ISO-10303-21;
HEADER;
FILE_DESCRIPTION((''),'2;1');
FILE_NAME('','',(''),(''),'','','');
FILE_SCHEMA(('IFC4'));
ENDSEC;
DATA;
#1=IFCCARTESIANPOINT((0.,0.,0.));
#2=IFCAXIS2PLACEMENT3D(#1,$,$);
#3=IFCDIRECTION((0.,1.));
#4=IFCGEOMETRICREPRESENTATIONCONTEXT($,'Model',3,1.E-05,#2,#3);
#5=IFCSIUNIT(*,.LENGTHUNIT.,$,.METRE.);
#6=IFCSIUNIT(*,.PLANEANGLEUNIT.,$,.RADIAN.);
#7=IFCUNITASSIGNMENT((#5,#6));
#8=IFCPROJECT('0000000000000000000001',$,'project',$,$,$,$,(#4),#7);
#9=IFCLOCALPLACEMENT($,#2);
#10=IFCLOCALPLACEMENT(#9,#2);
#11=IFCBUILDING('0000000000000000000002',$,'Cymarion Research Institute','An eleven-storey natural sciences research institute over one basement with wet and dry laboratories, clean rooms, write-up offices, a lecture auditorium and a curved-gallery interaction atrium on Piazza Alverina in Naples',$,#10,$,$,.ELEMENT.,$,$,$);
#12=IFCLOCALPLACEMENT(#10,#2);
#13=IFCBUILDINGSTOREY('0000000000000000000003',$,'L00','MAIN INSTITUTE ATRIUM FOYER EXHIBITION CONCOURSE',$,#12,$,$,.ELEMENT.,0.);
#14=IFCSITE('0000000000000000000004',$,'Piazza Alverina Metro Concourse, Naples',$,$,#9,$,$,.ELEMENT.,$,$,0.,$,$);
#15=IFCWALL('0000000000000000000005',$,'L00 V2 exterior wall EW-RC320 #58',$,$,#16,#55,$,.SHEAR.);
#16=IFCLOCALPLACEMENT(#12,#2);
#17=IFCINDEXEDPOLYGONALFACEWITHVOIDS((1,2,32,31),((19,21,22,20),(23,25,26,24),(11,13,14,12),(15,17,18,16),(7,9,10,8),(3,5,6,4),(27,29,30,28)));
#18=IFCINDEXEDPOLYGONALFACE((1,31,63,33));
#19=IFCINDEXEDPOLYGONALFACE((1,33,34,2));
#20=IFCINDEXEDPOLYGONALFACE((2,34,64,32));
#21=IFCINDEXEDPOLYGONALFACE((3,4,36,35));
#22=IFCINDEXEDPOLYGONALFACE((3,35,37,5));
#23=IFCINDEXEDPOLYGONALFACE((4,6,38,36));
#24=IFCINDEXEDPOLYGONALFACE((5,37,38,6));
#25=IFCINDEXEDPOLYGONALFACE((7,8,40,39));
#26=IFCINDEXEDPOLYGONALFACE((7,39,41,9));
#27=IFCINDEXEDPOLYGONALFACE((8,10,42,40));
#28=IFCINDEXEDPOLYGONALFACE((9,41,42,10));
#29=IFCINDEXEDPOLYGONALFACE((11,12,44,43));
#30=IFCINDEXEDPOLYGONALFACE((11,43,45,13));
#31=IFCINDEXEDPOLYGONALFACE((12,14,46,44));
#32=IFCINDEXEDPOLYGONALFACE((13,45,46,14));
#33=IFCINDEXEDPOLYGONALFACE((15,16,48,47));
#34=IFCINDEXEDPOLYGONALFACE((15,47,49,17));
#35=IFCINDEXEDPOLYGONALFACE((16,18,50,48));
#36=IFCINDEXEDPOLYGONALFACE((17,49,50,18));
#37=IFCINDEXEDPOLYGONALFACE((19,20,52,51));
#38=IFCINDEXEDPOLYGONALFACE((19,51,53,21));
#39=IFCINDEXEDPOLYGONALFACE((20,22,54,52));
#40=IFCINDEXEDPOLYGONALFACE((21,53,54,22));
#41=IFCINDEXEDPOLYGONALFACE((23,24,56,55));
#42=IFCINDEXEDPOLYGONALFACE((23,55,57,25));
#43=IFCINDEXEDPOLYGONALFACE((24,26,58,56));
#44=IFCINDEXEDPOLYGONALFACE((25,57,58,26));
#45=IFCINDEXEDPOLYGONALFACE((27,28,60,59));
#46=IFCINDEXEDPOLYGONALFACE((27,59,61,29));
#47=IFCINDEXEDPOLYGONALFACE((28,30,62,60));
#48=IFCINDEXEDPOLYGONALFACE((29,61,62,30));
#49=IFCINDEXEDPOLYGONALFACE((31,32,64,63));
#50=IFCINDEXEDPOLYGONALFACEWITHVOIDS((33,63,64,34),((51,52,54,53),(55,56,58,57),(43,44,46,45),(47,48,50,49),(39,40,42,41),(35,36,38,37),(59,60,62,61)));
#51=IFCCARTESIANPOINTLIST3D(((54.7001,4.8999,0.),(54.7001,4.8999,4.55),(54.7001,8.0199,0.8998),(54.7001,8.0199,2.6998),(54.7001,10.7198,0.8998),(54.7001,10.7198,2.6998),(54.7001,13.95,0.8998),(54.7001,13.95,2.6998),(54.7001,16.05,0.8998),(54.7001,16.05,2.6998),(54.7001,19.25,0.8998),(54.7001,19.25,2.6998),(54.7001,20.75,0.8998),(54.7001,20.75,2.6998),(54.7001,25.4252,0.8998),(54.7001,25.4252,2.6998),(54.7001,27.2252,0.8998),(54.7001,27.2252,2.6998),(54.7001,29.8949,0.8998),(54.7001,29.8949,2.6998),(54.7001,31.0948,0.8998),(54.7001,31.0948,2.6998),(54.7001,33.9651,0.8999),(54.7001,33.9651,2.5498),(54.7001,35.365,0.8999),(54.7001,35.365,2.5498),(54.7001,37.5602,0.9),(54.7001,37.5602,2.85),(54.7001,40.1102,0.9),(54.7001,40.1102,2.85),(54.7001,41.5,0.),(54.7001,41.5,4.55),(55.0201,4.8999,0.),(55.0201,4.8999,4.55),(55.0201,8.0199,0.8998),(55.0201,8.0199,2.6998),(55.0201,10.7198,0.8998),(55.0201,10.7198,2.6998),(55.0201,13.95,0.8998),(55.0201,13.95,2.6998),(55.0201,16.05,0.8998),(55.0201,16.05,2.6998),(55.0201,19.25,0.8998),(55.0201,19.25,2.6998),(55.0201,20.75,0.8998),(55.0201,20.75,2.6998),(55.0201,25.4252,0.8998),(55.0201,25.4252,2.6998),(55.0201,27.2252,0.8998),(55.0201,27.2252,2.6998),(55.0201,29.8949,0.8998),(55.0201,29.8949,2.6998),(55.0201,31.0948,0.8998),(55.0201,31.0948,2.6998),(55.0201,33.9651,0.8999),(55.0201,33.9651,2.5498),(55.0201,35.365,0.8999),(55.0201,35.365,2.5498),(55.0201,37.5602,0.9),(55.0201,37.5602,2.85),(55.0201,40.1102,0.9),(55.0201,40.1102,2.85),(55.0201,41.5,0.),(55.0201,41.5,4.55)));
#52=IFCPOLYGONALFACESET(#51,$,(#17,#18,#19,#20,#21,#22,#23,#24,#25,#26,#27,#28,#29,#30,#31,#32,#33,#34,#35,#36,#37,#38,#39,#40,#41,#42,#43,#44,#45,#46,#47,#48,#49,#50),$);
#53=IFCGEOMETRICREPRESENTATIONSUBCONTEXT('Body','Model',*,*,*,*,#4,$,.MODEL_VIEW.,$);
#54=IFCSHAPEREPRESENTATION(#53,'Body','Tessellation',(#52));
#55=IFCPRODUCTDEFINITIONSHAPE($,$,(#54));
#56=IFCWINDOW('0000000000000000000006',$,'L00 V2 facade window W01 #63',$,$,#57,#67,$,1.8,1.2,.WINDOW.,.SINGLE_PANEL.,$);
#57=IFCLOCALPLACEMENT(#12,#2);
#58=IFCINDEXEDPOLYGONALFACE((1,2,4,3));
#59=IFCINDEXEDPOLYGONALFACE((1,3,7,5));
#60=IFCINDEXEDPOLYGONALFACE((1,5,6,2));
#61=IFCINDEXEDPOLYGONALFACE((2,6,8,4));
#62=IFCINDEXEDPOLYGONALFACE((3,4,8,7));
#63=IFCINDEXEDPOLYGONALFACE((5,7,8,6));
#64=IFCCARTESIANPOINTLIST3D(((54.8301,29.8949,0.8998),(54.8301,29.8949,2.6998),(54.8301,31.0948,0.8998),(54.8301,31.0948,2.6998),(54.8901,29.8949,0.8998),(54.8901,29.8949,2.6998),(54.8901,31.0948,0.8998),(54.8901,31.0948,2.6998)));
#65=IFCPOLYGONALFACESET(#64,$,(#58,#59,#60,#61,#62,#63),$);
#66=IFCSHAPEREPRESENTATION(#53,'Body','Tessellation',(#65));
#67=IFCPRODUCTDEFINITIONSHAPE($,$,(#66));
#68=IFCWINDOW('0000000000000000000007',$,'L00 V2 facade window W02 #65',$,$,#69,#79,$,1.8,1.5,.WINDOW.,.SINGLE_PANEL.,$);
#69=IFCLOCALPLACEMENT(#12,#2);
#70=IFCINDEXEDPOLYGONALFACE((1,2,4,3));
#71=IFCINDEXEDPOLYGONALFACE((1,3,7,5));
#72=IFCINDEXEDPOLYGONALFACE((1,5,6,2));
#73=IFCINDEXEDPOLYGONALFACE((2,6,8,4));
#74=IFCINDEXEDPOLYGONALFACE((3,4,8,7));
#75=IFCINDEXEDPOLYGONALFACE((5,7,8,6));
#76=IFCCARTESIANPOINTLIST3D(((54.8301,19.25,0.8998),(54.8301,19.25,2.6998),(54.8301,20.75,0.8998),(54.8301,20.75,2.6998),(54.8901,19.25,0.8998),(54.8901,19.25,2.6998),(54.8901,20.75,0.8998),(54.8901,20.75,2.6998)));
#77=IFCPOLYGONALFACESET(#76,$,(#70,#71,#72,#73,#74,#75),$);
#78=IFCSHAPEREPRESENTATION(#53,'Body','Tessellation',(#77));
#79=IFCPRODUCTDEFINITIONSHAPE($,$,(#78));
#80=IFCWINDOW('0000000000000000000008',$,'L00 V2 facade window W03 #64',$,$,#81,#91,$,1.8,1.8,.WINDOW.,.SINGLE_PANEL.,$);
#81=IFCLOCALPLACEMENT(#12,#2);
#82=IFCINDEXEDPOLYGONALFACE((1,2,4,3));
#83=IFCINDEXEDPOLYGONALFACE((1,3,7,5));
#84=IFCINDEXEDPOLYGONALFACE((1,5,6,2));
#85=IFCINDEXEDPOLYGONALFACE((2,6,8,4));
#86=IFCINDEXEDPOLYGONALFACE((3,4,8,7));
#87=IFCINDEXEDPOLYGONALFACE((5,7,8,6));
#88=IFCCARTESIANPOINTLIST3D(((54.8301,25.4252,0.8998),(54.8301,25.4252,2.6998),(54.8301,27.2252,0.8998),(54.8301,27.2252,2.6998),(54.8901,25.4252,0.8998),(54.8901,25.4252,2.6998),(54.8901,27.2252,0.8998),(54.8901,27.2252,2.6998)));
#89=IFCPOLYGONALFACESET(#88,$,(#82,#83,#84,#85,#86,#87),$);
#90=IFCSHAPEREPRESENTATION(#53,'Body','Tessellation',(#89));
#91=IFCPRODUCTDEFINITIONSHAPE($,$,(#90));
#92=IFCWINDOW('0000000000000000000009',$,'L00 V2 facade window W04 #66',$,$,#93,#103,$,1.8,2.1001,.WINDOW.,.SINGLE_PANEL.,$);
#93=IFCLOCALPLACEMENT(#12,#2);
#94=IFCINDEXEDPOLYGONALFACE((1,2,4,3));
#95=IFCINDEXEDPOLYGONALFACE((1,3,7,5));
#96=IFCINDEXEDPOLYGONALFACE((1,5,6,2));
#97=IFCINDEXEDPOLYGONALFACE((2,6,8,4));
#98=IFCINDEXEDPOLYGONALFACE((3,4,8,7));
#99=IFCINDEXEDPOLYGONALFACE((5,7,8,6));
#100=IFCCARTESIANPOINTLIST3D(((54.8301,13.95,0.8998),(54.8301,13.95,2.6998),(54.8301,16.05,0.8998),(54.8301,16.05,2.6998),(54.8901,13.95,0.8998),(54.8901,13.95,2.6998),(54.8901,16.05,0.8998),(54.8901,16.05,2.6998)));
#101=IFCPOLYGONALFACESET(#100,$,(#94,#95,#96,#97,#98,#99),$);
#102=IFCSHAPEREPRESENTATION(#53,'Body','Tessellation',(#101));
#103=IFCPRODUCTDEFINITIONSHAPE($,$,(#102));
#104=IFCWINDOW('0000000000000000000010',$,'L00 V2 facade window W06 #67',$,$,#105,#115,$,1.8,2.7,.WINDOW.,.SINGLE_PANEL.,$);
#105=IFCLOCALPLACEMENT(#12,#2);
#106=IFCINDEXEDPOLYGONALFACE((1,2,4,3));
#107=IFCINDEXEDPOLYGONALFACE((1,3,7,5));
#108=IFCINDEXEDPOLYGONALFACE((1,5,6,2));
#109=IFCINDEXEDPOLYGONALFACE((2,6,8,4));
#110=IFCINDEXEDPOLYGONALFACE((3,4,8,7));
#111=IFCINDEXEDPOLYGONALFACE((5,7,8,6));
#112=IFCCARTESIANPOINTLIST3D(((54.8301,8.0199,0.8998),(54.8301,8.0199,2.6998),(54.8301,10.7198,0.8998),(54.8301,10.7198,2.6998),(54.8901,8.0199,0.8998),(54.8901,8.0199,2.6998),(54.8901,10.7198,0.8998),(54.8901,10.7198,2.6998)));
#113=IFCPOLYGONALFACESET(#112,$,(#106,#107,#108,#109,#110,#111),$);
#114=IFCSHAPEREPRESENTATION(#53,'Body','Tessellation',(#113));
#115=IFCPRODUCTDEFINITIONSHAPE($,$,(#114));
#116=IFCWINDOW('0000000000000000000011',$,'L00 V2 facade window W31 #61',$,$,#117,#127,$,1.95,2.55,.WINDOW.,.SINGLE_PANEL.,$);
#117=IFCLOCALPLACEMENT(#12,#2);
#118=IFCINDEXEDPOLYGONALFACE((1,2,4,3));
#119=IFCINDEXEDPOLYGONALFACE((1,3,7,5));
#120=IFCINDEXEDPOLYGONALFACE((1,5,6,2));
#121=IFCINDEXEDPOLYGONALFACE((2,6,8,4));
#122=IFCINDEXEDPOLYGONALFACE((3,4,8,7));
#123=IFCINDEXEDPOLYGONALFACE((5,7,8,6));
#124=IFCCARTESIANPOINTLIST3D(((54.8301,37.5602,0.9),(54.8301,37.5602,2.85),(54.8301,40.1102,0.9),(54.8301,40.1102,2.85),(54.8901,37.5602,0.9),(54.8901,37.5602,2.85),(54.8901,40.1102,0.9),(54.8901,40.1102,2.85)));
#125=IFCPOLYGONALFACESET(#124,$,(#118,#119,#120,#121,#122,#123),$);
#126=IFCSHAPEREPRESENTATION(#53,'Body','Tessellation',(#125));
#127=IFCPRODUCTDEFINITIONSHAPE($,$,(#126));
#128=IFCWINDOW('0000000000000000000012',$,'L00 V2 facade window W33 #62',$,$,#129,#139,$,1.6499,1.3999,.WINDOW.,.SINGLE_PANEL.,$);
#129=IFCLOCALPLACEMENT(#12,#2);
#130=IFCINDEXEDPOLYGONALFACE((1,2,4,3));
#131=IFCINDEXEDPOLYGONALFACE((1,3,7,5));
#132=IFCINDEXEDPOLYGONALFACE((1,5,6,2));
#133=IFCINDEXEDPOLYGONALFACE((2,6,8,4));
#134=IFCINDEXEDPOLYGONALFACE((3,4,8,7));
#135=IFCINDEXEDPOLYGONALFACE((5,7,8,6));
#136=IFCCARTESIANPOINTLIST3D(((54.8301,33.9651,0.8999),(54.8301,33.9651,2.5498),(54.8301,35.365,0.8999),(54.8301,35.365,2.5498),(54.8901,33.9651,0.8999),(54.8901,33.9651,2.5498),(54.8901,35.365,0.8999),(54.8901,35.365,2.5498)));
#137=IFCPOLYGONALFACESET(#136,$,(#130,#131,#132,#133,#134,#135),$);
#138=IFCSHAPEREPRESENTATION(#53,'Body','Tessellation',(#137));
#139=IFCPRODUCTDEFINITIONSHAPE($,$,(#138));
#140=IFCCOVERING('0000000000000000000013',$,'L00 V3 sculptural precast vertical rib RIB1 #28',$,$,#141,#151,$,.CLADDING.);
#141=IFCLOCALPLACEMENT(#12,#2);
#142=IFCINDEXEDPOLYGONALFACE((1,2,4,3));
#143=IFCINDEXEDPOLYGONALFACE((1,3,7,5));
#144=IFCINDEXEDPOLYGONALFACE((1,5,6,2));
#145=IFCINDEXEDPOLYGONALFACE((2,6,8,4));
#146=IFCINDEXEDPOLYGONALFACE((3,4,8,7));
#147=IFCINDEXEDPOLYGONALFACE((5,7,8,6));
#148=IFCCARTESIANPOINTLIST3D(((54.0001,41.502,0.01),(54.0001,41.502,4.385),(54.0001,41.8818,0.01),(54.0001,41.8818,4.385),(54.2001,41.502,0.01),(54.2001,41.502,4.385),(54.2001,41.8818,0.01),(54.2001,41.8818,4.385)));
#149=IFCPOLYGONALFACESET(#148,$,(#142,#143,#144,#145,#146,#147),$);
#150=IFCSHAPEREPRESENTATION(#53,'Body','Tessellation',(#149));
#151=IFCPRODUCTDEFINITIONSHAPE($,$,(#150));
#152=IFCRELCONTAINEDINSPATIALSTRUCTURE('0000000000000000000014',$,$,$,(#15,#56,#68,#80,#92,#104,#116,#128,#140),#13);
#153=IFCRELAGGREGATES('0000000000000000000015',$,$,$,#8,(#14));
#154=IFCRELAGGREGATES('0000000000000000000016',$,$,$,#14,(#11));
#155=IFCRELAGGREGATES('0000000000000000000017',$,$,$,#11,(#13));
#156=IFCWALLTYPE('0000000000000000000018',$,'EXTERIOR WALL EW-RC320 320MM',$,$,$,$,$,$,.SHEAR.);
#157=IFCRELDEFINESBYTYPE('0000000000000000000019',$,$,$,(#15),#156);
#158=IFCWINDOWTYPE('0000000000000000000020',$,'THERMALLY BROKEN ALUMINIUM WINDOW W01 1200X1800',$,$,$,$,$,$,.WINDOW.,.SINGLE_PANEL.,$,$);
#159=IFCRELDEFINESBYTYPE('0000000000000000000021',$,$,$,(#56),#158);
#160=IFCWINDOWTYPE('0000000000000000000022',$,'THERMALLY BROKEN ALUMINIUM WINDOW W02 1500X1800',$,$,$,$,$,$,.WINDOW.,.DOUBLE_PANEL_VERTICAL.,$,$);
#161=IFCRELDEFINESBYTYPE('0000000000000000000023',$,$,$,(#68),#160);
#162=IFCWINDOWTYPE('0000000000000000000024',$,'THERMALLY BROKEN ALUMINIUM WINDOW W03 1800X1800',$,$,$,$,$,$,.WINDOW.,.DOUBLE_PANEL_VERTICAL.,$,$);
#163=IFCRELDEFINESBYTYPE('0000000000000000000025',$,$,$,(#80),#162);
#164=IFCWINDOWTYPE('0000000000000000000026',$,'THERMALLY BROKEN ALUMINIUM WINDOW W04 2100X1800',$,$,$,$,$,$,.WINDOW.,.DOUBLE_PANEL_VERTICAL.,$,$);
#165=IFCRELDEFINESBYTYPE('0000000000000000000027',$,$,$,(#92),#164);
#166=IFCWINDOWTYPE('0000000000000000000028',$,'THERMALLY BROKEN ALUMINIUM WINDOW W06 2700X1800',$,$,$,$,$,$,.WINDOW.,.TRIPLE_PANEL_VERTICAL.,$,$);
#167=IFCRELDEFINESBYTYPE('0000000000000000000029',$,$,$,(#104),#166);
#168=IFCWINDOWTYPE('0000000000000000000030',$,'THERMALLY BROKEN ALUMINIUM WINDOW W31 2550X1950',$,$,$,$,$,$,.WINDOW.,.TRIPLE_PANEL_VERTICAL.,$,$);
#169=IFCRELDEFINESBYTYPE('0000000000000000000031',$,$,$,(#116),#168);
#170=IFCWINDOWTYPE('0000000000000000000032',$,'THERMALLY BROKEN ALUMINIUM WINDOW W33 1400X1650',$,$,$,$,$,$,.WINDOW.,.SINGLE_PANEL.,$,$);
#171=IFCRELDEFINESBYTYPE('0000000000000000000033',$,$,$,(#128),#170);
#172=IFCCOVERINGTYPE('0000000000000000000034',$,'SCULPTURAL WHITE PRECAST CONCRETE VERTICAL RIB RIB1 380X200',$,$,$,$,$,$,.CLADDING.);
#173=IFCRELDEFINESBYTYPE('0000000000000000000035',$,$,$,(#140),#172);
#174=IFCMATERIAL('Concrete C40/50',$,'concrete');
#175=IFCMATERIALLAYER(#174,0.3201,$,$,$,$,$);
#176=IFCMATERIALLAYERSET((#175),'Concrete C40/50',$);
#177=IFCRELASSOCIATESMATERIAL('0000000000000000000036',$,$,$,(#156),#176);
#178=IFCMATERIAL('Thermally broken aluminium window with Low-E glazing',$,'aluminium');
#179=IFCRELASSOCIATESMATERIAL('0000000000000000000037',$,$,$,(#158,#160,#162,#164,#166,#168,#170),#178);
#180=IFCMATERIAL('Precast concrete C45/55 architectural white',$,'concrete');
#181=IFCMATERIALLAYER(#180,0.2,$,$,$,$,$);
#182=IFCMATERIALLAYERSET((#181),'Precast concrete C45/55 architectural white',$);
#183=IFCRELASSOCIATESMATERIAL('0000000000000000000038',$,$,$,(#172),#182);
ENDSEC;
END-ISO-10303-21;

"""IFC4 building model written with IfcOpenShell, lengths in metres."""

from ifc_helpers import new_model, si_unit, direction, frame, frame_2d, origin, origin_2d, place, context, subcontext, project, spatial, rectangle, extrude, material, layer, layer_set, type_object, element, fill, save


model = new_model("IFC4")

# Units and contexts
model_context = context("Model", 3, precision=1e-05, world=origin(), true_north=direction((0.0, 1.0)))
body_context = subcontext(model_context, "Body", "Model", "MODEL_VIEW")
ifc_project = project(units=[si_unit("LENGTHUNIT", "METRE"), si_unit("PLANEANGLEUNIT", "RADIAN")], contexts=[model_context])

# Site, building, storey
site_placement = place(None, origin())
site = spatial("IfcSite", under=ifc_project, at=site_placement, Name="Piazza Alverina Metro Concourse, Naples", CompositionType="ELEMENT", RefElevation=0.0)
building_placement = place(site_placement, origin())
building = spatial("IfcBuilding", under=site, at=building_placement, Name="Cymarion Research Institute", Description="An eleven-storey natural sciences research institute over one basement with wet and dry laboratories, clean rooms, write-up offices, a lecture auditorium and a curved-gallery interaction atrium on Piazza Alverina in Naples", CompositionType="ELEMENT")
storey_placement = place(building_placement, origin())
storey = spatial("IfcBuildingStorey", under=building, at=storey_placement, Name="L00", Description="MAIN INSTITUTE ATRIUM FOYER EXHIBITION CONCOURSE", CompositionType="ELEMENT", Elevation=0.0)

# Shared definitions
ifc_material_1 = material(Name="Thermally broken aluminium window with Low-E glazing", Category="aluminium")

# Wall, openings, windows
ifc_material_2 = material(Name="Concrete C40/50", Category="concrete")
ifc_layer_1 = layer(ifc_material_2, 0.3201)
ifc_layer_set_1 = layer_set([ifc_layer_1], Name="Concrete C40/50")
wall_type_1 = type_object("IfcWallType", Name="EXTERIOR WALL EW-RC320 320MM", PredefinedType="SHEAR", material=ifc_layer_set_1)
wall_1_placement = place(storey_placement, frame((54.8601, 41.5, 0.0), z_axis=(0.0, 0.0, 1.0), x_axis=(0.0, -1.0, 0.0)))
wall_1 = element("IfcWall", 1, at=wall_1_placement, inside=storey, type_object=wall_type_1, Name="L00 V2 exterior wall EW-RC320 #58", PredefinedType="SHEAR", context=body_context, shape_type="SweptSolid", body=[
    extrude(rectangle(XDim=36.6001, YDim=0.3201, at=frame_2d((18.3, 0.0))), origin(), (0.0, 0.0, 1.0), 4.55),
])
opening_1_placement = place(wall_1_placement, frame((1.3899, 0.0, 0.8999)))
opening_1 = element("IfcOpeningElement", 2, at=opening_1_placement, cuts=wall_1, PredefinedType="OPENING", context=body_context, shape_type="SweptSolid", body=[
    extrude(rectangle(XDim=2.55, YDim=1.95, at=frame_2d((1.2749, 0.9751))), frame((0.0, 0.1699, 0.0), z_axis=(0.0, -1.0, 0.0), x_axis=(1.0, 0.0, 0.0)), (0.0, 0.0, 1.0), 0.3401),
])
opening_2_placement = place(wall_1_placement, frame((6.135, 0.0, 0.8999)))
opening_2 = element("IfcOpeningElement", 3, at=opening_2_placement, cuts=wall_1, PredefinedType="OPENING", context=body_context, shape_type="SweptSolid", body=[
    extrude(rectangle(XDim=1.3999, YDim=1.6499, at=frame_2d((0.7, 0.825))), frame((0.0, 0.1699, 0.0), z_axis=(0.0, -1.0, 0.0), x_axis=(1.0, 0.0, 0.0)), (0.0, 0.0, 1.0), 0.3401),
])
opening_3_placement = place(wall_1_placement, frame((10.405, 0.0, 0.8999)))
opening_3 = element("IfcOpeningElement", 4, at=opening_3_placement, cuts=wall_1, PredefinedType="OPENING", context=body_context, shape_type="SweptSolid", body=[
    extrude(rectangle(XDim=1.2, YDim=1.8, at=frame_2d((0.6001, 0.8999))), frame((0.0, 0.1699, 0.0), z_axis=(0.0, -1.0, 0.0), x_axis=(1.0, 0.0, 0.0)), (0.0, 0.0, 1.0), 0.3401),
])
opening_4_placement = place(wall_1_placement, frame((14.2749, 0.0, 0.8999)))
opening_4 = element("IfcOpeningElement", 5, at=opening_4_placement, cuts=wall_1, PredefinedType="OPENING", context=body_context, shape_type="SweptSolid", body=[
    extrude(rectangle(XDim=1.8, YDim=1.8, at=frame_2d((0.8999, 0.8999))), frame((0.0, 0.1699, 0.0), z_axis=(0.0, -1.0, 0.0), x_axis=(1.0, 0.0, 0.0)), (0.0, 0.0, 1.0), 0.3401),
])
opening_5_placement = place(wall_1_placement, frame((20.75, 0.0, 0.8999)))
opening_5 = element("IfcOpeningElement", 6, at=opening_5_placement, cuts=wall_1, PredefinedType="OPENING", context=body_context, shape_type="SweptSolid", body=[
    extrude(rectangle(XDim=1.5, YDim=1.8, at=frame_2d((0.75, 0.8999))), frame((0.0, 0.1699, 0.0), z_axis=(0.0, -1.0, 0.0), x_axis=(1.0, 0.0, 0.0)), (0.0, 0.0, 1.0), 0.3401),
])
opening_6_placement = place(wall_1_placement, frame((25.45, 0.0, 0.8999)))
opening_6 = element("IfcOpeningElement", 7, at=opening_6_placement, cuts=wall_1, PredefinedType="OPENING", context=body_context, shape_type="SweptSolid", body=[
    extrude(rectangle(XDim=2.1001, YDim=1.8, at=frame_2d((1.05, 0.8999))), frame((0.0, 0.1699, 0.0), z_axis=(0.0, -1.0, 0.0), x_axis=(1.0, 0.0, 0.0)), (0.0, 0.0, 1.0), 0.3401),
])
opening_7_placement = place(wall_1_placement, frame((30.78, 0.0, 0.8999)))
opening_7 = element("IfcOpeningElement", 8, at=opening_7_placement, cuts=wall_1, PredefinedType="OPENING", context=body_context, shape_type="SweptSolid", body=[
    extrude(rectangle(XDim=2.7, YDim=1.8, at=frame_2d((1.3501, 0.8999))), frame((0.0, 0.1699, 0.0), z_axis=(0.0, -1.0, 0.0), x_axis=(1.0, 0.0, 0.0)), (0.0, 0.0, 1.0), 0.3401),
])
window_type_1 = type_object("IfcWindowType", Name="THERMALLY BROKEN ALUMINIUM WINDOW W01 1200X1800", PartitioningType="SINGLE_PANEL", PredefinedType="WINDOW", material=ifc_material_1)
window_1_placement = place(opening_3_placement, origin())
window_1 = element("IfcWindow", 9, at=window_1_placement, inside=storey, type_object=window_type_1, Name="L00 V2 facade window W01 #63", OverallHeight=1.8, OverallWidth=1.2, PartitioningType="SINGLE_PANEL", PredefinedType="WINDOW", context=body_context, shape_type="SweptSolid", body=[
    extrude(rectangle(XDim=1.2, YDim=1.8, at=frame_2d((0.6001, 0.8999))), frame((0.0, 0.03, 0.0), z_axis=(0.0, -1.0, 0.0), x_axis=(1.0, 0.0, 0.0)), (0.0, 0.0, 1.0), 0.0601),
])
fill(opening_3, window_1)
window_type_2 = type_object("IfcWindowType", Name="THERMALLY BROKEN ALUMINIUM WINDOW W02 1500X1800", PartitioningType="DOUBLE_PANEL_VERTICAL", PredefinedType="WINDOW", material=ifc_material_1)
window_2_placement = place(opening_5_placement, origin())
window_2 = element("IfcWindow", 10, at=window_2_placement, inside=storey, type_object=window_type_2, Name="L00 V2 facade window W02 #65", OverallHeight=1.8, OverallWidth=1.5, PartitioningType="SINGLE_PANEL", PredefinedType="WINDOW", context=body_context, shape_type="SweptSolid", body=[
    extrude(rectangle(XDim=1.5, YDim=1.8, at=frame_2d((0.75, 0.8999))), frame((0.0, 0.03, 0.0), z_axis=(0.0, -1.0, 0.0), x_axis=(1.0, 0.0, 0.0)), (0.0, 0.0, 1.0), 0.0601),
])
fill(opening_5, window_2)
window_type_3 = type_object("IfcWindowType", Name="THERMALLY BROKEN ALUMINIUM WINDOW W03 1800X1800", PartitioningType="DOUBLE_PANEL_VERTICAL", PredefinedType="WINDOW", material=ifc_material_1)
window_3_placement = place(opening_4_placement, origin())
window_3 = element("IfcWindow", 11, at=window_3_placement, inside=storey, type_object=window_type_3, Name="L00 V2 facade window W03 #64", OverallHeight=1.8, OverallWidth=1.8, PartitioningType="SINGLE_PANEL", PredefinedType="WINDOW", context=body_context, shape_type="SweptSolid", body=[
    extrude(rectangle(XDim=1.8, YDim=1.8, at=frame_2d((0.8999, 0.8999))), frame((0.0, 0.03, 0.0), z_axis=(0.0, -1.0, 0.0), x_axis=(1.0, 0.0, 0.0)), (0.0, 0.0, 1.0), 0.0601),
])
fill(opening_4, window_3)
window_type_4 = type_object("IfcWindowType", Name="THERMALLY BROKEN ALUMINIUM WINDOW W04 2100X1800", PartitioningType="DOUBLE_PANEL_VERTICAL", PredefinedType="WINDOW", material=ifc_material_1)
window_4_placement = place(opening_6_placement, origin())
window_4 = element("IfcWindow", 12, at=window_4_placement, inside=storey, type_object=window_type_4, Name="L00 V2 facade window W04 #66", OverallHeight=1.8, OverallWidth=2.1001, PartitioningType="SINGLE_PANEL", PredefinedType="WINDOW", context=body_context, shape_type="SweptSolid", body=[
    extrude(rectangle(XDim=2.1001, YDim=1.8, at=frame_2d((1.05, 0.8999))), frame((0.0, 0.03, 0.0), z_axis=(0.0, -1.0, 0.0), x_axis=(1.0, 0.0, 0.0)), (0.0, 0.0, 1.0), 0.0601),
])
fill(opening_6, window_4)
window_type_5 = type_object("IfcWindowType", Name="THERMALLY BROKEN ALUMINIUM WINDOW W06 2700X1800", PartitioningType="TRIPLE_PANEL_VERTICAL", PredefinedType="WINDOW", material=ifc_material_1)
window_5_placement = place(opening_7_placement, origin())
window_5 = element("IfcWindow", 13, at=window_5_placement, inside=storey, type_object=window_type_5, Name="L00 V2 facade window W06 #67", OverallHeight=1.8, OverallWidth=2.7, PartitioningType="SINGLE_PANEL", PredefinedType="WINDOW", context=body_context, shape_type="SweptSolid", body=[
    extrude(rectangle(XDim=2.7, YDim=1.8, at=frame_2d((1.3501, 0.8999))), frame((0.0, 0.03, 0.0), z_axis=(0.0, -1.0, 0.0), x_axis=(1.0, 0.0, 0.0)), (0.0, 0.0, 1.0), 0.0601),
])
fill(opening_7, window_5)
window_type_6 = type_object("IfcWindowType", Name="THERMALLY BROKEN ALUMINIUM WINDOW W31 2550X1950", PartitioningType="TRIPLE_PANEL_VERTICAL", PredefinedType="WINDOW", material=ifc_material_1)
window_6_placement = place(opening_1_placement, origin())
window_6 = element("IfcWindow", 14, at=window_6_placement, inside=storey, type_object=window_type_6, Name="L00 V2 facade window W31 #61", OverallHeight=1.95, OverallWidth=2.55, PartitioningType="SINGLE_PANEL", PredefinedType="WINDOW", context=body_context, shape_type="SweptSolid", body=[
    extrude(rectangle(XDim=2.55, YDim=1.95, at=frame_2d((1.2749, 0.9751))), frame((0.0, 0.03, 0.0), z_axis=(0.0, -1.0, 0.0), x_axis=(1.0, 0.0, 0.0)), (0.0, 0.0, 1.0), 0.0601),
])
fill(opening_1, window_6)
window_type_7 = type_object("IfcWindowType", Name="THERMALLY BROKEN ALUMINIUM WINDOW W33 1400X1650", PartitioningType="SINGLE_PANEL", PredefinedType="WINDOW", material=ifc_material_1)
window_7_placement = place(opening_2_placement, origin())
window_7 = element("IfcWindow", 15, at=window_7_placement, inside=storey, type_object=window_type_7, Name="L00 V2 facade window W33 #62", OverallHeight=1.6499, OverallWidth=1.3999, PartitioningType="SINGLE_PANEL", PredefinedType="WINDOW", context=body_context, shape_type="SweptSolid", body=[
    extrude(rectangle(XDim=1.3999, YDim=1.6499, at=frame_2d((0.7, 0.825))), frame((0.0, 0.03, 0.0), z_axis=(0.0, -1.0, 0.0), x_axis=(1.0, 0.0, 0.0)), (0.0, 0.0, 1.0), 0.0601),
])
fill(opening_2, window_7)

# Covering
ifc_material_3 = material(Name="Precast concrete C45/55 architectural white", Category="concrete")
ifc_layer_2 = layer(ifc_material_3, 0.2)
ifc_layer_set_2 = layer_set([ifc_layer_2], Name="Precast concrete C45/55 architectural white")
covering_type_1 = type_object("IfcCoveringType", Name="SCULPTURAL WHITE PRECAST CONCRETE VERTICAL RIB RIB1 380X200", PredefinedType="CLADDING", material=ifc_layer_set_2)
for number, where, z_axis, x_axis, name in (
    (16, (54.1001, 41.6919, 0.01), (0.0, 0.0, 1.0), (0.0, 1.0, 0.0), "L00 V3 sculptural precast vertical rib RIB1 #28"),
):
    element("IfcCovering", number, at=place(storey_placement, frame(where, z_axis=z_axis, x_axis=x_axis)), inside=storey, type_object=covering_type_1, Name=name, PredefinedType="CLADDING", context=body_context, shape_type="SweptSolid", body=[
        extrude(rectangle(XDim=0.3799, YDim=0.2, at=origin_2d()), origin(), (0.0, 0.0, 1.0), 4.375),
    ])

save(model, "model.ifc")
